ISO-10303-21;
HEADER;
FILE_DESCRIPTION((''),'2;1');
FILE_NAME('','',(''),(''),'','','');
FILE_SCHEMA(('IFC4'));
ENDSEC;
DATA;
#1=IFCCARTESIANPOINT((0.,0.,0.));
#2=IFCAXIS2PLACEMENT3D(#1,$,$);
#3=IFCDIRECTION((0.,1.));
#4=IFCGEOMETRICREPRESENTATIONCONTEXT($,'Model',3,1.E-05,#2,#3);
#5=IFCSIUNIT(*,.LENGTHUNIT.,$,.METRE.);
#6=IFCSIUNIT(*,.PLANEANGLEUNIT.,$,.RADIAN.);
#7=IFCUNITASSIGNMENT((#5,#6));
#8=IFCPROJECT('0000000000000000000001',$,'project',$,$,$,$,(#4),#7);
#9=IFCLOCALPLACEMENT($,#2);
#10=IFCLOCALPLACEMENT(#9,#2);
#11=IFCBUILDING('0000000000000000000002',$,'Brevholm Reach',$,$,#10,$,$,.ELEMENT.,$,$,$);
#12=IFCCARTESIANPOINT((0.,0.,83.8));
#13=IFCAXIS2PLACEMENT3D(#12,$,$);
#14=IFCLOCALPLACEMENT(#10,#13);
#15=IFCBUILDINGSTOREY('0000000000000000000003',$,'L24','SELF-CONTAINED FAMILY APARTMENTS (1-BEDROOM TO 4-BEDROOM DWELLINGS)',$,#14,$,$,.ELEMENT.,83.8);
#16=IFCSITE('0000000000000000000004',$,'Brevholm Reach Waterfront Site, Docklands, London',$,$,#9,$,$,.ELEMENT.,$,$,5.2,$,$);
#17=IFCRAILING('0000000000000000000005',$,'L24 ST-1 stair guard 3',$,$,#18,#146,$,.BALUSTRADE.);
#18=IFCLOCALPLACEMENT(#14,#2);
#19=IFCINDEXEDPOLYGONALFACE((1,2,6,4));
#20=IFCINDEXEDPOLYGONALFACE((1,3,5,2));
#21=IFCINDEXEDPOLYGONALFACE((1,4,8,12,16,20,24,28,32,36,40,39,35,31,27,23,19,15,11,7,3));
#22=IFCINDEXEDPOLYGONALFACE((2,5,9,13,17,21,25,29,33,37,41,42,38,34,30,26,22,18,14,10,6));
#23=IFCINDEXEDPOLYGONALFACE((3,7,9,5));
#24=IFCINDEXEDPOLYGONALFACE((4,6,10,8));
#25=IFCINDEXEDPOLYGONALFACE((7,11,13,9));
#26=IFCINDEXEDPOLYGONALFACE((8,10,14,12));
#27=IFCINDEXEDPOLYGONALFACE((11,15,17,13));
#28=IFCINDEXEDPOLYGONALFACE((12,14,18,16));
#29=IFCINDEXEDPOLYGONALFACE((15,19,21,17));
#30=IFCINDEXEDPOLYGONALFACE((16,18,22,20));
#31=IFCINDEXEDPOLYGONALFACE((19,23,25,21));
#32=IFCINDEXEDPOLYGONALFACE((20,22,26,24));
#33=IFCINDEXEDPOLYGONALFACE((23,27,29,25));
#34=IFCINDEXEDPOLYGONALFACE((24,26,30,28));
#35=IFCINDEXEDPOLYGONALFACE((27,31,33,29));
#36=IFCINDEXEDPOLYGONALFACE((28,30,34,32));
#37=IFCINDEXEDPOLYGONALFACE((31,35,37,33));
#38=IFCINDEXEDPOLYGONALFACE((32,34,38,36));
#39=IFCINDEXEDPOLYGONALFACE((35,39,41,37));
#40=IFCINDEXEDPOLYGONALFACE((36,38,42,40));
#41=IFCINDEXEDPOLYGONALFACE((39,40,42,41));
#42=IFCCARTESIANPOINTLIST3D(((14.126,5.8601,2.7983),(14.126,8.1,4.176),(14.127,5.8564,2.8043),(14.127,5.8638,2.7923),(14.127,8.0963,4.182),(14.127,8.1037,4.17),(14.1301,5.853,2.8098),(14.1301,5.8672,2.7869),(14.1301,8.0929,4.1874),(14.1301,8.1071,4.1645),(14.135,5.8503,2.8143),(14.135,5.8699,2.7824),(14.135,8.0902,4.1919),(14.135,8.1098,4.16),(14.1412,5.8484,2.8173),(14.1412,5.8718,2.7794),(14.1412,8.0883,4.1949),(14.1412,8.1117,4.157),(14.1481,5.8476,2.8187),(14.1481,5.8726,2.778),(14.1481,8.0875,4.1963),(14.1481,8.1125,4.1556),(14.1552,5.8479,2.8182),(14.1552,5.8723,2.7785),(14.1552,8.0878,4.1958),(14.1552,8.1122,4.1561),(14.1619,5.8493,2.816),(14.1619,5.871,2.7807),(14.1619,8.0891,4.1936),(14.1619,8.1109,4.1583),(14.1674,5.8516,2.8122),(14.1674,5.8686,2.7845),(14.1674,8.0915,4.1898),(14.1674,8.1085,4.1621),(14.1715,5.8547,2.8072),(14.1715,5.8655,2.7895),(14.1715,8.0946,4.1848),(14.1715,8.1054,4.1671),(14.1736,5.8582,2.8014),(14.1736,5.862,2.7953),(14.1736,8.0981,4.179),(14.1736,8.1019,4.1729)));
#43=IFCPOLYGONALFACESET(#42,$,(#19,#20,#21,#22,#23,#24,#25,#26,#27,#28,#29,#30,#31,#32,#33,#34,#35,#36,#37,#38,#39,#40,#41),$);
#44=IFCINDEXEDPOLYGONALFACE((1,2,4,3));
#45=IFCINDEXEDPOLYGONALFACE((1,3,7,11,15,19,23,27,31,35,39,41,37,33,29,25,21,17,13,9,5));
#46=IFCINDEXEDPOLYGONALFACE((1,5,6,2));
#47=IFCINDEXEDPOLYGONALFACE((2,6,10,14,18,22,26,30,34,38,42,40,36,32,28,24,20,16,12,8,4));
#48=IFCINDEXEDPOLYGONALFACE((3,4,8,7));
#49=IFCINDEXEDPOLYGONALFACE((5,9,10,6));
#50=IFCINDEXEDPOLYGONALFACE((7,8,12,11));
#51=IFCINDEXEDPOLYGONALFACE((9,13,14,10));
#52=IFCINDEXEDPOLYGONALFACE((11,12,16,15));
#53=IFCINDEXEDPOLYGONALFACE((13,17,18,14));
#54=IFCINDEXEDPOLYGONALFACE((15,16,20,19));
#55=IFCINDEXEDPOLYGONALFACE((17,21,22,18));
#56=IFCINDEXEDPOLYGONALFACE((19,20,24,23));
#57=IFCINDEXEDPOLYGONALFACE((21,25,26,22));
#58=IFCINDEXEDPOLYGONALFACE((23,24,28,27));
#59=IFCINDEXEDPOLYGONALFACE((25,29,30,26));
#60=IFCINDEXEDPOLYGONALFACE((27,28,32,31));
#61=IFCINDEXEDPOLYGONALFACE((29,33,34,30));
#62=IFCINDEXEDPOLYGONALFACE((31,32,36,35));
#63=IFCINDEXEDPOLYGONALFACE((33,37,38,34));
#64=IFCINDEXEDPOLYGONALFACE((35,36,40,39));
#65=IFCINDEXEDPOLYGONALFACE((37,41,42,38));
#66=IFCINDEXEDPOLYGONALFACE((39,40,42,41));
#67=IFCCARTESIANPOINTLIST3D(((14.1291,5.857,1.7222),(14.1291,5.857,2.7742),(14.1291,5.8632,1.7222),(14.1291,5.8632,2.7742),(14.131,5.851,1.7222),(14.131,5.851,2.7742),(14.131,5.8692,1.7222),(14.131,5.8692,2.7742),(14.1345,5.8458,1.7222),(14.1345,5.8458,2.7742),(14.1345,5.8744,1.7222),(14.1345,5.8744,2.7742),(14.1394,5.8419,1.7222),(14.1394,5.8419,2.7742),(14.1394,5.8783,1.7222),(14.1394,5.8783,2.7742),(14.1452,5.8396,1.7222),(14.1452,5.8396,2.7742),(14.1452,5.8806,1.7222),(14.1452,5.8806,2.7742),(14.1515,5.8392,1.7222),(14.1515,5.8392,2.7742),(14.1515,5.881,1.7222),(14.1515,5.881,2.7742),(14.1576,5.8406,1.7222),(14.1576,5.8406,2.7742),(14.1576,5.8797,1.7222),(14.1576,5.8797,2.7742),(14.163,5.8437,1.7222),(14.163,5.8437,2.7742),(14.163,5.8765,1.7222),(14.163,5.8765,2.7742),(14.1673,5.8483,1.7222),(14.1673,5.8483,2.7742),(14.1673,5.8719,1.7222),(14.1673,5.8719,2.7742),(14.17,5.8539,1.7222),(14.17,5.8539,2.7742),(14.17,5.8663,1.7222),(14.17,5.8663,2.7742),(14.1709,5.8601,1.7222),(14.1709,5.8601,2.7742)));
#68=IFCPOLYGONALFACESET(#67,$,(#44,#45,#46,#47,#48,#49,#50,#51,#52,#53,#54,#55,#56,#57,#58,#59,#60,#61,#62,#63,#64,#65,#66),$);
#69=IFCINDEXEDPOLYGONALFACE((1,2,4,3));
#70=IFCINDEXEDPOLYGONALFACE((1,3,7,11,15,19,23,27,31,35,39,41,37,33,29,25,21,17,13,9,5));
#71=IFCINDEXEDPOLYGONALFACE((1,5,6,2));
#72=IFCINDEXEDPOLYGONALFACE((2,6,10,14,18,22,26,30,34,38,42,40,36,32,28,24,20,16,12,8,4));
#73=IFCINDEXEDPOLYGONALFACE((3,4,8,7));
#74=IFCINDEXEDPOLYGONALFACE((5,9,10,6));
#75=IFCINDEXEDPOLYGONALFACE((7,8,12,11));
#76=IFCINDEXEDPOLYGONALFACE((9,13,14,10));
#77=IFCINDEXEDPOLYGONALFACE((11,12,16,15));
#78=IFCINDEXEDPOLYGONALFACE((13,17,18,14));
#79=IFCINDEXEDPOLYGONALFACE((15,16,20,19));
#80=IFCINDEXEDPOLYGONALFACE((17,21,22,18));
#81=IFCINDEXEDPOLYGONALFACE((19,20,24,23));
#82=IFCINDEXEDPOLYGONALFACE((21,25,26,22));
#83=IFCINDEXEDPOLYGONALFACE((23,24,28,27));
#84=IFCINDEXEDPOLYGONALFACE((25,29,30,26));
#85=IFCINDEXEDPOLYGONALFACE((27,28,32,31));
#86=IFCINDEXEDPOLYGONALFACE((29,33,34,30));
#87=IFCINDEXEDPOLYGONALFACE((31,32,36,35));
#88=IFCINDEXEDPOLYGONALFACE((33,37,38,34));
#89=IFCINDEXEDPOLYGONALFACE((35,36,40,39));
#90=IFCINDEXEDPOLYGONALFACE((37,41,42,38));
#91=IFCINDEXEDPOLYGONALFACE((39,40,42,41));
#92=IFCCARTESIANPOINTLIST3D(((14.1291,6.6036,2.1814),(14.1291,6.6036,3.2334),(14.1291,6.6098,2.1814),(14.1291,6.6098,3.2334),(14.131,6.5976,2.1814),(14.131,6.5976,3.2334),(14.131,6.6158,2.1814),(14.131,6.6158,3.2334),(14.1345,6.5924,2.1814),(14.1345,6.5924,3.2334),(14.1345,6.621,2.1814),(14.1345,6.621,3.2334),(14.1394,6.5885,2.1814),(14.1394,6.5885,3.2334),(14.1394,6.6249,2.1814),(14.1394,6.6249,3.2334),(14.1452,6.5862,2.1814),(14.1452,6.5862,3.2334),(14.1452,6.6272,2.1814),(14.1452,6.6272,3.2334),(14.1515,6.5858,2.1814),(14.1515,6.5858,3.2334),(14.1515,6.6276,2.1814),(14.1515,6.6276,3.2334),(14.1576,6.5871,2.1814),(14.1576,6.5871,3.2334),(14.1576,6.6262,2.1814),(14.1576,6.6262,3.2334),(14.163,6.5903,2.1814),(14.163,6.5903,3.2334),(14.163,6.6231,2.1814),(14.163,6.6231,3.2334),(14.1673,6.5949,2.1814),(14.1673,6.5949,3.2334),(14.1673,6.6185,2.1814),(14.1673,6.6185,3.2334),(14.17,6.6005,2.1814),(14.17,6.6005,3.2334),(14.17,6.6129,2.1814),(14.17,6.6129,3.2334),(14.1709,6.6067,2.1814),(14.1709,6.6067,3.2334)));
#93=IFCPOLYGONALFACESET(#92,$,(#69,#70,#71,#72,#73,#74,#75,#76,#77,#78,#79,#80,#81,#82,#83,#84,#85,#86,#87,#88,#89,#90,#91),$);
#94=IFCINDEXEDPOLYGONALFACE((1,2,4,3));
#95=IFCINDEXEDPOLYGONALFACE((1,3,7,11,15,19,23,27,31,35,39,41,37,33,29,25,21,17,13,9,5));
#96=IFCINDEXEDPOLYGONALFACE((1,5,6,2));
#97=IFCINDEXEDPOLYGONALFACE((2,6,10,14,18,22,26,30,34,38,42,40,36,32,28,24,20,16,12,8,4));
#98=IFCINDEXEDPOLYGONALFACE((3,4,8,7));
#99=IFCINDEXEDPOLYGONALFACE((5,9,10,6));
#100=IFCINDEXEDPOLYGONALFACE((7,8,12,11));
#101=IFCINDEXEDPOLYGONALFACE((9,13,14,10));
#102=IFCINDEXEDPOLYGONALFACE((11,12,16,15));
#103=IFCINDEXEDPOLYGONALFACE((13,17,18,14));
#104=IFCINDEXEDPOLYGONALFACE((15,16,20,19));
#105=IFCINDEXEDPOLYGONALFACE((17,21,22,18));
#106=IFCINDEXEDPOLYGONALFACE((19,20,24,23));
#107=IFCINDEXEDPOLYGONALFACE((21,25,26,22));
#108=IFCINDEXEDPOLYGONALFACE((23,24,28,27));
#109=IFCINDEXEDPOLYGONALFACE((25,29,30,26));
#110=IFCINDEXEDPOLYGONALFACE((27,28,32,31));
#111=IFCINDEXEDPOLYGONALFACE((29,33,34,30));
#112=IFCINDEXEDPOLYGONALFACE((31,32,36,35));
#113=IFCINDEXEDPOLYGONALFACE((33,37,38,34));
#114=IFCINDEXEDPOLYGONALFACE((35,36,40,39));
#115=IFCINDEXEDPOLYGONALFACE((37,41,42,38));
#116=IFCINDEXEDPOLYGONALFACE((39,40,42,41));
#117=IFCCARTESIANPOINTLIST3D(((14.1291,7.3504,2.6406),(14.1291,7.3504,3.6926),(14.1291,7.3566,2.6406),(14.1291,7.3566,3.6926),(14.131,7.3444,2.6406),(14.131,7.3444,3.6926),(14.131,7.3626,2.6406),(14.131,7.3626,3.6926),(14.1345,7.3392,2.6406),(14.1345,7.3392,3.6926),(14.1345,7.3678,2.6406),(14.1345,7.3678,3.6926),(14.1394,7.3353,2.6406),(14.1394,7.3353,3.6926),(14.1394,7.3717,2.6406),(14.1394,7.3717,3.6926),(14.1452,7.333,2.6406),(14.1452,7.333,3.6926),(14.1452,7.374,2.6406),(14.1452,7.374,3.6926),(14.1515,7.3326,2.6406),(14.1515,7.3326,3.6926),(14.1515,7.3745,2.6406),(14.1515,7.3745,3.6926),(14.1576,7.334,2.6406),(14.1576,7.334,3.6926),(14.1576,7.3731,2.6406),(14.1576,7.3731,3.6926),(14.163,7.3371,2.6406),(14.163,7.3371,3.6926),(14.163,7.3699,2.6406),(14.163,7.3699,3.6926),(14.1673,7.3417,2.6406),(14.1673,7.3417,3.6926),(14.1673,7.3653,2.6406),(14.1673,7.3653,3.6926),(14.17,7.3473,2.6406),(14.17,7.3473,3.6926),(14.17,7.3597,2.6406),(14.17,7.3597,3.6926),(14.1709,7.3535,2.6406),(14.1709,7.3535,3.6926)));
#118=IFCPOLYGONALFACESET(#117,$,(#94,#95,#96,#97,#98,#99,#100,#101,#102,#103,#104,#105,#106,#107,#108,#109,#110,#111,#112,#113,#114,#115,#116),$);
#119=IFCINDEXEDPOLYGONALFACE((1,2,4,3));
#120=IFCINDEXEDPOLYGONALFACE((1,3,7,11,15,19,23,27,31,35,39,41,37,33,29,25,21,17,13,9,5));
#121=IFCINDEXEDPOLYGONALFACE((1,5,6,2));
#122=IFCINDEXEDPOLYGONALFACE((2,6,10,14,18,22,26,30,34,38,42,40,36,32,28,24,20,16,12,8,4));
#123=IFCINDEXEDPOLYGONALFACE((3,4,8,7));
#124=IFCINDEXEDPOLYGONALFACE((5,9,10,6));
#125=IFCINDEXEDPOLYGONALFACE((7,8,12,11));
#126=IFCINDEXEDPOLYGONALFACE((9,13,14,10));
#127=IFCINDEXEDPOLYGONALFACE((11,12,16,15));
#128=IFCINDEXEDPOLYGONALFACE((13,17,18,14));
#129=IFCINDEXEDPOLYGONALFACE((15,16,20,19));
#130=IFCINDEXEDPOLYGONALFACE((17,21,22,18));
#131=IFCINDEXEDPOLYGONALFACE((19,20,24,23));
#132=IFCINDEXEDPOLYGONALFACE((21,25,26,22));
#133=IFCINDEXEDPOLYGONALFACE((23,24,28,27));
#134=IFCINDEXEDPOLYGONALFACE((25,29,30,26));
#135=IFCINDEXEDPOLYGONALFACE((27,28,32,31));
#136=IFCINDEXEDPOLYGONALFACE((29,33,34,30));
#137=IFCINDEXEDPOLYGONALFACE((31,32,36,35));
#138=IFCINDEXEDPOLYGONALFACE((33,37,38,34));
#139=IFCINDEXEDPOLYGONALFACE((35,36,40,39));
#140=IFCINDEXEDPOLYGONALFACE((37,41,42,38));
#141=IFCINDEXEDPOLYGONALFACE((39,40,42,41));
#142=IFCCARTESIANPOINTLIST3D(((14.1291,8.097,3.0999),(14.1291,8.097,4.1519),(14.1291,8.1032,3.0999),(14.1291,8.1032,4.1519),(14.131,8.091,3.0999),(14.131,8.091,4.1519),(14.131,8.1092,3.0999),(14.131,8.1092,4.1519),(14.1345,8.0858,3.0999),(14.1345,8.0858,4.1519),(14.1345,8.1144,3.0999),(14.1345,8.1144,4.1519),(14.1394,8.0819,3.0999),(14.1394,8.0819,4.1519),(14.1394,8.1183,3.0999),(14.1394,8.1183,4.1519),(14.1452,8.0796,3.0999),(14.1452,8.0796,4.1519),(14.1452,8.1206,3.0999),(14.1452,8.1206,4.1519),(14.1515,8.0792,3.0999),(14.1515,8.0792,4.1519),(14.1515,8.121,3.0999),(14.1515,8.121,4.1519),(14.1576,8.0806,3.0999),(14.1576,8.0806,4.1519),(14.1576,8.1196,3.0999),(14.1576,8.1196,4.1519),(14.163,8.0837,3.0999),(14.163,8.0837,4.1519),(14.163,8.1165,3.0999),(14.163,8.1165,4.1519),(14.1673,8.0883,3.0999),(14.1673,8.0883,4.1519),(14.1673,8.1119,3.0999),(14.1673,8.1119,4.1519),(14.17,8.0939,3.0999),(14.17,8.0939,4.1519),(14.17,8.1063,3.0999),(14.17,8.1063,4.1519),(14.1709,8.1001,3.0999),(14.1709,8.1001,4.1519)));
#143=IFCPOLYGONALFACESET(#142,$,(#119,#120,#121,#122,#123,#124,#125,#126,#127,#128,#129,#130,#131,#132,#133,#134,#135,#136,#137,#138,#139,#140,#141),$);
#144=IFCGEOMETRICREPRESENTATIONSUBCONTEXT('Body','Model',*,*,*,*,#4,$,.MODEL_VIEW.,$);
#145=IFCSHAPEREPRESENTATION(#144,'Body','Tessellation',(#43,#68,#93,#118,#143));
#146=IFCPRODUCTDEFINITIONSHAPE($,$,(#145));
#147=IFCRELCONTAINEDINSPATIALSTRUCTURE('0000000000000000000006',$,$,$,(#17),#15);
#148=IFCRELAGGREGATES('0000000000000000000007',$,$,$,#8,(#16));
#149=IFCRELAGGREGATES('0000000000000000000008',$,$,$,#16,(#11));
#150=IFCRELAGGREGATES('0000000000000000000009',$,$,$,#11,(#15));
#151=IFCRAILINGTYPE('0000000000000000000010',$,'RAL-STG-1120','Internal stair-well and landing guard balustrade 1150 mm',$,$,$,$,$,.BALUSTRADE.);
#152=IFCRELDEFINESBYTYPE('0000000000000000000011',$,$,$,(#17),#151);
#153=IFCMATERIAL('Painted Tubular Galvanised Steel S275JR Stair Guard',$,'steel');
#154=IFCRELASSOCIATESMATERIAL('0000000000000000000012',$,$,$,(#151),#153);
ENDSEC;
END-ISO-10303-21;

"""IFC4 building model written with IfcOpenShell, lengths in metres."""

from ifc_helpers import new_model, si_unit, direction, frame, origin, origin_2d, place, context, subcontext, project, spatial, circle, extrude, material, type_object, element, save


model = new_model("IFC4")

# Units and contexts
model_context = context("Model", 3, precision=1e-05, world=origin(), true_north=direction((0.0, 1.0)))
body_context = subcontext(model_context, "Body", "Model", "MODEL_VIEW")
ifc_project = project(units=[si_unit("LENGTHUNIT", "METRE"), si_unit("PLANEANGLEUNIT", "RADIAN")], contexts=[model_context])

# Site, building, storey
site_placement = place(None, origin())
site = spatial("IfcSite", under=ifc_project, at=site_placement, Name="Brevholm Reach Waterfront Site, Docklands, London", CompositionType="ELEMENT", RefElevation=5.2)
building_placement = place(site_placement, origin())
building = spatial("IfcBuilding", under=site, at=building_placement, Name="Brevholm Reach", CompositionType="ELEMENT")
storey_placement = place(building_placement, frame((0.0, 0.0, 83.8)))
storey = spatial("IfcBuildingStorey", under=building, at=storey_placement, Name="L24", Description="SELF-CONTAINED FAMILY APARTMENTS (1-BEDROOM TO 4-BEDROOM DWELLINGS)", CompositionType="ELEMENT", Elevation=83.8)

# Railing
ifc_material_1 = material(Name="Painted Tubular Galvanised Steel S275JR Stair Guard", Category="steel")
railing_type_1 = type_object("IfcRailingType", Name="RAL-STG-1120", Description="Internal stair-well and landing guard balustrade 1150 mm", PredefinedType="BALUSTRADE", material=ifc_material_1)
railing_1_placement = place(storey_placement, frame((14.1499, 5.8601, 1.7222)))
element("IfcRailing", 1, at=railing_1_placement, inside=storey, type_object=railing_type_1, Name="L24 ST-1 stair guard 3", PredefinedType="BALUSTRADE", context=body_context, shape_type="SweptSolid", body=[
    extrude(circle(Radius=0.0239, at=origin_2d()), frame((0.0, 0.0, 1.0762), z_axis=(0.0, 0.851789, 0.523885), x_axis=(-1.0, 0.0, 0.0)), (0.0, 0.0, 1.0), 2.6296),
    extrude(circle(Radius=0.021, at=origin_2d()), origin(), (0.0, 0.0, 1.0), 1.052),
    extrude(circle(Radius=0.021, at=origin_2d()), frame((0.0, 0.7466, 0.4592)), (0.0, 0.0, 1.0), 1.052),
    extrude(circle(Radius=0.021, at=origin_2d()), frame((0.0, 1.4934, 0.9185)), (0.0, 0.0, 1.0), 1.052),
    extrude(circle(Radius=0.021, at=origin_2d()), frame((0.0, 2.24, 1.3777)), (0.0, 0.0, 1.0), 1.052),
])

save(model, "model.ifc")
